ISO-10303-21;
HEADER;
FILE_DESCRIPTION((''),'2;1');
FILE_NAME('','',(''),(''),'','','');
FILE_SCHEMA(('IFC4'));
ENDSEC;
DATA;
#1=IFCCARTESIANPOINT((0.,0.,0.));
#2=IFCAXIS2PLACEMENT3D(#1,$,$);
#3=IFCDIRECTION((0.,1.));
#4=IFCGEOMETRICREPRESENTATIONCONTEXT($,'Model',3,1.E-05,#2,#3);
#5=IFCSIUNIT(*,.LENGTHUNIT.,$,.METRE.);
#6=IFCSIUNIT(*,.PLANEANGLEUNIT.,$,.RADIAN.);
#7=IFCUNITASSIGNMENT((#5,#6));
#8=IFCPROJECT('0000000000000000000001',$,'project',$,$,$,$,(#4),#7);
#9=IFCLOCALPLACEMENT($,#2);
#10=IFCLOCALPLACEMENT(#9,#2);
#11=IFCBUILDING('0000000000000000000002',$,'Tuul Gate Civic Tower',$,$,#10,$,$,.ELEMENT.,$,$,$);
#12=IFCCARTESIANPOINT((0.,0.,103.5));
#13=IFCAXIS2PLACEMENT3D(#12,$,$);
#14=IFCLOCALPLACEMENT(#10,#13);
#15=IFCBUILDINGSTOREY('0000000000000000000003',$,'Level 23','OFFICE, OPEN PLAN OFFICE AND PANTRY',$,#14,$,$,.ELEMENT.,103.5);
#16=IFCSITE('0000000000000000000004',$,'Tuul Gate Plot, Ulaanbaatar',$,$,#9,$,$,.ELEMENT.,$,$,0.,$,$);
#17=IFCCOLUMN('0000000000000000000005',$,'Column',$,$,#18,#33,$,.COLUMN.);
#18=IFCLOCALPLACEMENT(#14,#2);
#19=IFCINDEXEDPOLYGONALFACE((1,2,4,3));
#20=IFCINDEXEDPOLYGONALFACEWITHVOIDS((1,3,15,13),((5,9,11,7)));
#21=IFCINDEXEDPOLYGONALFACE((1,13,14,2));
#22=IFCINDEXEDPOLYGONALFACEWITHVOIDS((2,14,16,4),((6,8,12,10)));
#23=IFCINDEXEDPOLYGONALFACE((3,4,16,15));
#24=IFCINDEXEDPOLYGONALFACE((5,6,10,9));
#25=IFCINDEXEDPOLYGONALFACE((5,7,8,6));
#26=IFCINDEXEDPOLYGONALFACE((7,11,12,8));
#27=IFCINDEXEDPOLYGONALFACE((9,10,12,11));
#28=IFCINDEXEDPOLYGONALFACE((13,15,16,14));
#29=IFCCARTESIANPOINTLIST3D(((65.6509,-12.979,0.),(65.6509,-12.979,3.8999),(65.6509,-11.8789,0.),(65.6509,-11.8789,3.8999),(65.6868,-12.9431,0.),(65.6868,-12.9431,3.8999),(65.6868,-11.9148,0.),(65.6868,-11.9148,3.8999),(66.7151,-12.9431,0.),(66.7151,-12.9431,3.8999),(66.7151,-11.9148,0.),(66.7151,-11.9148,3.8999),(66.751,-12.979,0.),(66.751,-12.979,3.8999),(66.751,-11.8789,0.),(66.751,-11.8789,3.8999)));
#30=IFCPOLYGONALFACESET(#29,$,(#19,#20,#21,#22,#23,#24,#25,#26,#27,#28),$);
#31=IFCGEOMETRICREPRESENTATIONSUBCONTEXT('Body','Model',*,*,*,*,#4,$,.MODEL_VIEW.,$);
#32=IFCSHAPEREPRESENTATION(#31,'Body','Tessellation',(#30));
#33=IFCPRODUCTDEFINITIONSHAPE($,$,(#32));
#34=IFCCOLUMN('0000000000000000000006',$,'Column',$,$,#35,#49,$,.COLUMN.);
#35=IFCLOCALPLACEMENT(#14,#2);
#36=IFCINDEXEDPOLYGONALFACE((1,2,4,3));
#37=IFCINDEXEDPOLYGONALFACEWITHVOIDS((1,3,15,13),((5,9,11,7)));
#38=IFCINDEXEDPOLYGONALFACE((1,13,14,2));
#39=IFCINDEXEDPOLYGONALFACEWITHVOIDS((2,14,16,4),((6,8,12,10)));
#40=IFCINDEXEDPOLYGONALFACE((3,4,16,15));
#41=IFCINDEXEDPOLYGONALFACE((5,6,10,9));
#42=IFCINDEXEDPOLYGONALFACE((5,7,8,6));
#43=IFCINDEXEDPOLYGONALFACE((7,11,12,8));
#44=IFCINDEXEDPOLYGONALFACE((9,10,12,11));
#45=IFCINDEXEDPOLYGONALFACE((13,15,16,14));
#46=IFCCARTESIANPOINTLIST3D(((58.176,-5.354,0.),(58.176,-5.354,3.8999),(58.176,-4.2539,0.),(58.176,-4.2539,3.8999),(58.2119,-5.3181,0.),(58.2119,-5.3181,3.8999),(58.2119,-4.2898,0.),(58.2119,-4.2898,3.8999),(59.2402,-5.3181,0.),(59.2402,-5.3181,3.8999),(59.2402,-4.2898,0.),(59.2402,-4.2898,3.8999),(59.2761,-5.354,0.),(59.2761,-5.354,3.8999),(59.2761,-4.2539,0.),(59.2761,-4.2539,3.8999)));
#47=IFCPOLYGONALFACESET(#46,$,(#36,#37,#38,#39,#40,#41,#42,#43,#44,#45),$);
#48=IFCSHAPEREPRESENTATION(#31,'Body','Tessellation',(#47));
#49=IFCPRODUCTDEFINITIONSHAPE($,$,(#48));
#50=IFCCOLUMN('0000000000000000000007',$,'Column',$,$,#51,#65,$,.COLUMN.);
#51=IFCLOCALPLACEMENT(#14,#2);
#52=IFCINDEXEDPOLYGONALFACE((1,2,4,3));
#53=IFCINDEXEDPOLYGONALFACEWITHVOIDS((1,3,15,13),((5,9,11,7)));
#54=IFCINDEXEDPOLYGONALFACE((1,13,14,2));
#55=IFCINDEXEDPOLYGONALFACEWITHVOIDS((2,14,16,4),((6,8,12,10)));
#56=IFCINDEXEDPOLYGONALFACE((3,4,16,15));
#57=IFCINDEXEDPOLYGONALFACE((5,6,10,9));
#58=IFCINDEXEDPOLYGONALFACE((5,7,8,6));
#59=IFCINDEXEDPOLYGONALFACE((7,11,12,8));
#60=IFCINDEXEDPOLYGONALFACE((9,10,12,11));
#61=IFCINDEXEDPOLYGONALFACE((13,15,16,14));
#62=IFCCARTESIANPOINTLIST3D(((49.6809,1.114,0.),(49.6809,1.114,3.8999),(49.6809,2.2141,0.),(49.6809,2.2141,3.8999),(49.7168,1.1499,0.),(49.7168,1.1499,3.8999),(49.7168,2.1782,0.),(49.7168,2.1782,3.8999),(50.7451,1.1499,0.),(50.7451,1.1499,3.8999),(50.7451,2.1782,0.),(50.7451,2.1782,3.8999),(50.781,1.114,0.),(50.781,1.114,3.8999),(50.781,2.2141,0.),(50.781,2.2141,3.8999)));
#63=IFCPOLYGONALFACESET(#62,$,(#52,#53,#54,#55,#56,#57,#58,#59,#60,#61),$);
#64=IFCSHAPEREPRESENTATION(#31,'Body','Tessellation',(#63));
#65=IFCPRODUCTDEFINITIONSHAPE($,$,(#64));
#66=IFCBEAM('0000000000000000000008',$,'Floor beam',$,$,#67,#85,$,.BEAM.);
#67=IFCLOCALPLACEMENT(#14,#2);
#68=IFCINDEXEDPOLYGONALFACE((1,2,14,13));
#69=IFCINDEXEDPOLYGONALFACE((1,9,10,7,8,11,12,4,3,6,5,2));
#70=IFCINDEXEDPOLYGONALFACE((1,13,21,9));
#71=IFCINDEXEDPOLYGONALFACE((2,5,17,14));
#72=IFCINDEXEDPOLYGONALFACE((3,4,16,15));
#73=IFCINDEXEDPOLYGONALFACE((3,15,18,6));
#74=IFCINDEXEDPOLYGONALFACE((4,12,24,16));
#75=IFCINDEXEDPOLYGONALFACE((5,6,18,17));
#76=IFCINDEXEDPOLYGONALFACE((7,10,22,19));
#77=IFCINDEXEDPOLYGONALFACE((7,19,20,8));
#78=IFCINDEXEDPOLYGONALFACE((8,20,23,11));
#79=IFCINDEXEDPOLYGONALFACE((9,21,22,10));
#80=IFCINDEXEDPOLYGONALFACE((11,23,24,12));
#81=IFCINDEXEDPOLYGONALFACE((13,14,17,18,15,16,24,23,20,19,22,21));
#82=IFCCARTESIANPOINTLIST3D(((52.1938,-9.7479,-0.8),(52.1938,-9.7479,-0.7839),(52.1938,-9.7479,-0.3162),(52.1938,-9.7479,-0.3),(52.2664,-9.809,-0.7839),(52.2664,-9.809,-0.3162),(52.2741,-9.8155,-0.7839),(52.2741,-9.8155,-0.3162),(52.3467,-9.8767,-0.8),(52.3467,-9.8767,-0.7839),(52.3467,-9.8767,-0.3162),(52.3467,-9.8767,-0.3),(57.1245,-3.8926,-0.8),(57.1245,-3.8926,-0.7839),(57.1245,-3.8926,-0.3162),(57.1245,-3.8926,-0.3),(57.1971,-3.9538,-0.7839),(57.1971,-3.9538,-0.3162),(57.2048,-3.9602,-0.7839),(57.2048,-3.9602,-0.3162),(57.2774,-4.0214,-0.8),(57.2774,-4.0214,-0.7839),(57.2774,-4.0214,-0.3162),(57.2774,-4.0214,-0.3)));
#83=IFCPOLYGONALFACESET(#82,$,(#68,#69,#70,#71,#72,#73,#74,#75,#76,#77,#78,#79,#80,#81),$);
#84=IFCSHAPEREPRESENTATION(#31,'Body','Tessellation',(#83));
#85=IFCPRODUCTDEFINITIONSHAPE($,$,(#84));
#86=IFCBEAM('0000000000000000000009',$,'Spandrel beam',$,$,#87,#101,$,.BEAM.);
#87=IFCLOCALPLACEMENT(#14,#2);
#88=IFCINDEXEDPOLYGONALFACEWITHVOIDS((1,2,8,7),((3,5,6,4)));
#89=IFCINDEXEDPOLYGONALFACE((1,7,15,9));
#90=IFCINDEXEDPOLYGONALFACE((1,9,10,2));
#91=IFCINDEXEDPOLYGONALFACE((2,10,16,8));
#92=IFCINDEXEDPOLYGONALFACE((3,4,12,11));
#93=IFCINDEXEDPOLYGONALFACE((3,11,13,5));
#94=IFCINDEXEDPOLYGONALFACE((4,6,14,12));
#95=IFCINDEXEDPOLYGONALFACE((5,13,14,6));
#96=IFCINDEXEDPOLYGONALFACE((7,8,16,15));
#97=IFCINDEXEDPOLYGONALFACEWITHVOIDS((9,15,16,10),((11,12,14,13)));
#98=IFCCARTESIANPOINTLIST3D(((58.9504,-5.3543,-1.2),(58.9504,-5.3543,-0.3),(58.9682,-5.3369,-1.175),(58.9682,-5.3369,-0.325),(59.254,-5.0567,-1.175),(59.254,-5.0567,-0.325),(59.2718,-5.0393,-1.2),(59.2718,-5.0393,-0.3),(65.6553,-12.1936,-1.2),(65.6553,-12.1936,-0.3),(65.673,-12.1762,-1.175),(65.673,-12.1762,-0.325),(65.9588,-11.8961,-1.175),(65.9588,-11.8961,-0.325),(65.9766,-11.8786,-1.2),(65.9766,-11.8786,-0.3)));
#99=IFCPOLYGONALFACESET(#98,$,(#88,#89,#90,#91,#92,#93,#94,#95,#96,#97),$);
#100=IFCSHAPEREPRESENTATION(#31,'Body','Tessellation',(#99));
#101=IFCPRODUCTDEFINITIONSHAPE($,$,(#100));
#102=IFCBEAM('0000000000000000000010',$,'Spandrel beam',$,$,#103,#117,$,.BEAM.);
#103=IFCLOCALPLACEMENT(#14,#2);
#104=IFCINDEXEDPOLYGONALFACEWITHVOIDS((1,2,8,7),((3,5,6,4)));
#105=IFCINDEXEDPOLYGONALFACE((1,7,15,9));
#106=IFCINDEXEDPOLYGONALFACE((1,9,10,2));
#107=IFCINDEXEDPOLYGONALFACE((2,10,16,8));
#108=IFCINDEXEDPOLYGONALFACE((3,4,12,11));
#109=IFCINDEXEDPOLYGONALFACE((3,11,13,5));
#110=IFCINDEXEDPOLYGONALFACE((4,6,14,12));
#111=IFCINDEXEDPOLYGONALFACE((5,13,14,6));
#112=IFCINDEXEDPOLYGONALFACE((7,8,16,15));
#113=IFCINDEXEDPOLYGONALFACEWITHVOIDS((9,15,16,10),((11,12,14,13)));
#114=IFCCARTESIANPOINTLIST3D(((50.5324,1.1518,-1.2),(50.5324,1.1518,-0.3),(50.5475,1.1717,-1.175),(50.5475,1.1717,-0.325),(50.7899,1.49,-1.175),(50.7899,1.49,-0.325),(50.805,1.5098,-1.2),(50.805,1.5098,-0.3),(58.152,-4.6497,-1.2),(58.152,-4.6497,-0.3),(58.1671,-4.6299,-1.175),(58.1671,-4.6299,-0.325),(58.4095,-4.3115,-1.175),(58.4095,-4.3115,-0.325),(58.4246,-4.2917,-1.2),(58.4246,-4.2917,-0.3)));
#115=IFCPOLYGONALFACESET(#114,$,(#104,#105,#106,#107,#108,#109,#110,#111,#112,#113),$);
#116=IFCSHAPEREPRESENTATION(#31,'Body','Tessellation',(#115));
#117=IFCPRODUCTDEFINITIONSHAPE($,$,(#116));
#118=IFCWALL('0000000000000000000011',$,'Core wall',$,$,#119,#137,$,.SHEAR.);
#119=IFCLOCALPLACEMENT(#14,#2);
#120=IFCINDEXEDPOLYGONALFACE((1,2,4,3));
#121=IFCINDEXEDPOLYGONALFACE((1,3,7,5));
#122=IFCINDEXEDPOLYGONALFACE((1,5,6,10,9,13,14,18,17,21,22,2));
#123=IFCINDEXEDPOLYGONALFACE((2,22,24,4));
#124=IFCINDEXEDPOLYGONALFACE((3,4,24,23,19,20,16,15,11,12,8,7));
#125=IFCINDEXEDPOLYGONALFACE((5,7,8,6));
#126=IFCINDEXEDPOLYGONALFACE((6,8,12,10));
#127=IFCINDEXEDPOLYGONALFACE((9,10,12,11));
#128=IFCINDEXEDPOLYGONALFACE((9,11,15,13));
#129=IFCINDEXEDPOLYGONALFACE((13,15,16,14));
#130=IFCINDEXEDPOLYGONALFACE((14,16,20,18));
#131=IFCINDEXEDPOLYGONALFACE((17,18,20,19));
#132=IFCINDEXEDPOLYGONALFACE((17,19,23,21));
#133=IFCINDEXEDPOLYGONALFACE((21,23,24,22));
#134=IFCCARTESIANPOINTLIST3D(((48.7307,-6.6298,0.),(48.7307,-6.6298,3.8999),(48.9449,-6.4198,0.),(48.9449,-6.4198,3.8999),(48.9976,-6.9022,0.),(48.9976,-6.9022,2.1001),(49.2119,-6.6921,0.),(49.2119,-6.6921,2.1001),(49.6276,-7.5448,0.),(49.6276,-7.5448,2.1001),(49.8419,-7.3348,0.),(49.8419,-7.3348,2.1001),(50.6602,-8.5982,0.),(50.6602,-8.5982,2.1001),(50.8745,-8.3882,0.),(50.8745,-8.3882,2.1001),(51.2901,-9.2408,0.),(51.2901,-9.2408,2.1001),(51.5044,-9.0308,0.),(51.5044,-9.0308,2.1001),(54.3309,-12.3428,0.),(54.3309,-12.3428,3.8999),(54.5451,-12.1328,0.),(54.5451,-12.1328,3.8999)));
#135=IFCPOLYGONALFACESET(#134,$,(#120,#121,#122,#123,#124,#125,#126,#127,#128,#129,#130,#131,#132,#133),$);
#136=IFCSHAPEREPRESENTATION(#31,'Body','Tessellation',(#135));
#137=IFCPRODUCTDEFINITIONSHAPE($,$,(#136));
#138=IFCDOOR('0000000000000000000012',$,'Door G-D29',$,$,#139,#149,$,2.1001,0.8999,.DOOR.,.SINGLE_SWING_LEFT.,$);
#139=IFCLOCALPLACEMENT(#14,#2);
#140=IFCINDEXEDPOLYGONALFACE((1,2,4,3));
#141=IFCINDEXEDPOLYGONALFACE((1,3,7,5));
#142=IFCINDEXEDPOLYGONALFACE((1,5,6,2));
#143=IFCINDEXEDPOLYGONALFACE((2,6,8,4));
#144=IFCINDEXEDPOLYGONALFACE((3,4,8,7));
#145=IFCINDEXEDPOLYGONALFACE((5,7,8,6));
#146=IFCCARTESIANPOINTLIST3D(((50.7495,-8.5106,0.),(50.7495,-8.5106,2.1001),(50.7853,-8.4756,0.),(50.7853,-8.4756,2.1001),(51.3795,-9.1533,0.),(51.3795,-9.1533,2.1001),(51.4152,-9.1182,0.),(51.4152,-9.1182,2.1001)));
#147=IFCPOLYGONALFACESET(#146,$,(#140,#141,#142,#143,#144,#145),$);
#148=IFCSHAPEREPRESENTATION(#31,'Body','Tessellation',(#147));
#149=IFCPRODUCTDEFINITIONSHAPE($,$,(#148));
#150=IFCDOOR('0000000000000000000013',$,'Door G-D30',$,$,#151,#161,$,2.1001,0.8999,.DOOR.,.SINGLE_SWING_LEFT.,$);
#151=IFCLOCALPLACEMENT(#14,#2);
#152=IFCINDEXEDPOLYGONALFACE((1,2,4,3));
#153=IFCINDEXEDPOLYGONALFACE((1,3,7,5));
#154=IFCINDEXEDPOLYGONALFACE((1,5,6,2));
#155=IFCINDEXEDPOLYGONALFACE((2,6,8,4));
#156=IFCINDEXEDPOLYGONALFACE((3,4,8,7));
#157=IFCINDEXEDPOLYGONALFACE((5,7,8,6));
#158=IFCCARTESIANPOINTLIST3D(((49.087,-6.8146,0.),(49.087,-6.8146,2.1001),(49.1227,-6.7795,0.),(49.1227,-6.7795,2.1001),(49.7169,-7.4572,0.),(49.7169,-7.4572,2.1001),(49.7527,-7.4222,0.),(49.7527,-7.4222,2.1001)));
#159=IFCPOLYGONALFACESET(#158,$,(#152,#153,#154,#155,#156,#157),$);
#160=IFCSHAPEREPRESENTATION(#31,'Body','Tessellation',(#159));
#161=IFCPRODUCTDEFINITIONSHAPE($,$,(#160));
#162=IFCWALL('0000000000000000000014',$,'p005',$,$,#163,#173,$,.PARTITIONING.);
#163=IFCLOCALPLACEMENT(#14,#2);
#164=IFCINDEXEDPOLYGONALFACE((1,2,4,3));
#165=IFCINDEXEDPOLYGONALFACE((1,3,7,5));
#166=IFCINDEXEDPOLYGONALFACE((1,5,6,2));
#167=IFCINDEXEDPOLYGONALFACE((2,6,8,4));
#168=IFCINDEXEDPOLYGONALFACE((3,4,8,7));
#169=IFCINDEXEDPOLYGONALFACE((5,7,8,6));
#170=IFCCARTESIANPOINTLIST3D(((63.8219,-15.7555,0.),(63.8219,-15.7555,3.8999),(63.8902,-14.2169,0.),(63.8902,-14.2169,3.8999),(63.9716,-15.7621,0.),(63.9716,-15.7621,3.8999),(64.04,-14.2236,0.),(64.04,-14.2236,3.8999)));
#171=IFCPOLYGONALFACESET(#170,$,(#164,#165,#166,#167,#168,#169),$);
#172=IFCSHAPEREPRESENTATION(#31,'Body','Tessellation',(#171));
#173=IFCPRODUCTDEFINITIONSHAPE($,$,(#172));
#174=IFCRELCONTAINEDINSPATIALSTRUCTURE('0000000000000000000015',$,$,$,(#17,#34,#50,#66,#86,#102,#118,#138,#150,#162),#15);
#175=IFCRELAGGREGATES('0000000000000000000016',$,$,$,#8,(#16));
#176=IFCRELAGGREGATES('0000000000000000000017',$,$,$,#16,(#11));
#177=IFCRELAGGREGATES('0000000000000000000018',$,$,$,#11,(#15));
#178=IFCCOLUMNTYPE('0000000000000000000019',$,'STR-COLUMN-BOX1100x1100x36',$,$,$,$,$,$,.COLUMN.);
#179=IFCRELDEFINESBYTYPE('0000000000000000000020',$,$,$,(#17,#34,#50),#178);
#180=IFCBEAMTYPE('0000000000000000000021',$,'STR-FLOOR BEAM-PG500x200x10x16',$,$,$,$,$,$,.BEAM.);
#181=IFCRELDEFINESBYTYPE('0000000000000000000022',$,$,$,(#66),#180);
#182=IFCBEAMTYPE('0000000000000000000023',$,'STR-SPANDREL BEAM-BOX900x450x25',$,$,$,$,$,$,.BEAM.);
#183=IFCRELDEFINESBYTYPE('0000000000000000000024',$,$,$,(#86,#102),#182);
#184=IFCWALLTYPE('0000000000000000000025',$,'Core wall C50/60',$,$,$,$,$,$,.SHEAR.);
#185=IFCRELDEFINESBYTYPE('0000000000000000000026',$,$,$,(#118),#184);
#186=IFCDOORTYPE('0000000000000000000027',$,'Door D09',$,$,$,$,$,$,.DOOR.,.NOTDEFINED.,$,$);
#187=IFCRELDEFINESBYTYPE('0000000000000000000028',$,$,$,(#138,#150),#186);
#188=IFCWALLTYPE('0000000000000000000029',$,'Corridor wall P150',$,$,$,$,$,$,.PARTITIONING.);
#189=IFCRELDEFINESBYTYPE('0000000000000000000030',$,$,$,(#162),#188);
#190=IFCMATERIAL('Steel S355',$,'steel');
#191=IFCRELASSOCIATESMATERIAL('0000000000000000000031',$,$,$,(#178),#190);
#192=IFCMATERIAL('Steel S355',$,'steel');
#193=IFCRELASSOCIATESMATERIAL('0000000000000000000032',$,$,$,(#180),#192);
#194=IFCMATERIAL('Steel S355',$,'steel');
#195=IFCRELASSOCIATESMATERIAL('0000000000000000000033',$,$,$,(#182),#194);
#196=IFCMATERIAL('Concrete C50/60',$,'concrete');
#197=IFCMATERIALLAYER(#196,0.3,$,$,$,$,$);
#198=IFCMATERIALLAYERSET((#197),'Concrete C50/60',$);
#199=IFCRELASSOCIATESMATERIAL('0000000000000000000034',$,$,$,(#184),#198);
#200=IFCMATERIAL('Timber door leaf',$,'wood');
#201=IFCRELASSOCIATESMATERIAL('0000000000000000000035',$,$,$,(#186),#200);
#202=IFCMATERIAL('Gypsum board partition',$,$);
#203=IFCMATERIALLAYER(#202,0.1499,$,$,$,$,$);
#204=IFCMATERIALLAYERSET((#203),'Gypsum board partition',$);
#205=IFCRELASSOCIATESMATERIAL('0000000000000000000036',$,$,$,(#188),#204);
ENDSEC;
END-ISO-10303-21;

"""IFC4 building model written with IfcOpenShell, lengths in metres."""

from ifc_helpers import new_model, si_unit, direction, frame, frame_2d, origin, origin_2d, place, context, subcontext, project, spatial, rectangle, hollow_rectangle, i_section, extrude, material, layer, layer_set, material_profile, profile_set, type_object, element, fill, save


model = new_model("IFC4")

# Units and contexts
model_context = context("Model", 3, precision=1e-05, world=origin(), true_north=direction((0.0, 1.0)))
body_context = subcontext(model_context, "Body", "Model", "MODEL_VIEW")
ifc_project = project(units=[si_unit("LENGTHUNIT", "METRE"), si_unit("PLANEANGLEUNIT", "RADIAN")], contexts=[model_context])

# Site, building, storey
site_placement = place(None, origin())
site = spatial("IfcSite", under=ifc_project, at=site_placement, Name="Tuul Gate Plot, Ulaanbaatar", CompositionType="ELEMENT", RefElevation=0.0)
building_placement = place(site_placement, origin())
building = spatial("IfcBuilding", under=site, at=building_placement, Name="Tuul Gate Civic Tower", CompositionType="ELEMENT")
storey_placement = place(building_placement, frame((0.0, 0.0, 103.5)))
storey = spatial("IfcBuildingStorey", under=building, at=storey_placement, Name="Level 23", Description="OFFICE, OPEN PLAN OFFICE AND PANTRY", CompositionType="ELEMENT", Elevation=103.5)

# Columns
ifc_material_1 = material(Name="Steel S355", Category="steel")
ifc_material_profile_1 = material_profile(ifc_material_1, hollow_rectangle(XDim=1.1001, YDim=1.1001, WallThickness=0.0359, at=origin_2d()), Name="BOX1100x1100x36")
ifc_profile_set_1 = profile_set([ifc_material_profile_1], Name="Steel S355")
column_type = type_object("IfcColumnType", Name="STR-COLUMN-BOX1100x1100x36", PredefinedType="COLUMN", material=ifc_profile_set_1)
for number, where, z_axis, x_axis, name in (
    (1, (66.2009, -12.429, 0.0), (0.0, 0.0, 1.0), (1.0, 0.0, 0.0), "Column"),
    (2, (58.7261, -4.804, 0.0), (0.0, 0.0, 1.0), (1.0, 0.0, 0.0), "Column"),
    (3, (50.231, 1.6641, 0.0), (0.0, 0.0, 1.0), (1.0, 0.0, 0.0), "Column"),
):
    element("IfcColumn", number, at=place(storey_placement, frame(where, z_axis=z_axis, x_axis=x_axis)), inside=storey, type_object=column_type, Name=name, PredefinedType="COLUMN", context=body_context, shape_type="SweptSolid", body=[
        extrude(hollow_rectangle(XDim=1.1001, YDim=1.1001, WallThickness=0.0359, at=origin_2d()), origin(), (0.0, 0.0, 1.0), 3.8999),
    ])

# Beams
ifc_material_2 = material(Name="Steel S355", Category="steel")
ifc_material_profile_2 = material_profile(ifc_material_2, i_section(OverallWidth=0.2, OverallDepth=0.5, WebThickness=0.01, FlangeThickness=0.0161, at=origin_2d()), Name="PG500x200x10x16")
ifc_profile_set_2 = profile_set([ifc_material_profile_2], Name="Steel S355")
beam_type_1 = type_object("IfcBeamType", Name="STR-FLOOR BEAM-PG500x200x10x16", PredefinedType="BEAM", material=ifc_profile_set_2)
beam_1_placement = place(storey_placement, frame((52.2703, -9.8123, -0.55), z_axis=(0.644132, 0.764915, 0.0), x_axis=(-0.764915, 0.644132, 0.0)))
element("IfcBeam", 4, at=beam_1_placement, inside=storey, type_object=beam_type_1, Name="Floor beam", PredefinedType="BEAM", context=body_context, shape_type="SweptSolid", body=[
    extrude(i_section(OverallWidth=0.2, OverallDepth=0.5, WebThickness=0.01, FlangeThickness=0.0161, at=origin_2d()), origin(), (0.0, 0.0, 1.0), 7.6548),
])
ifc_material_3 = material(Name="Steel S355", Category="steel")
ifc_material_profile_3 = material_profile(ifc_material_3, hollow_rectangle(XDim=0.45, YDim=0.8999, WallThickness=0.0249, at=origin_2d()), Name="BOX900x450x25")
ifc_profile_set_3 = profile_set([ifc_material_profile_3], Name="Steel S355")
beam_type_2 = type_object("IfcBeamType", Name="STR-SPANDREL BEAM-BOX900x450x25", PredefinedType="BEAM", material=ifc_profile_set_3)
beam_2_placement = place(storey_placement, frame((65.8159, -12.0361, -0.75), z_axis=(-0.700049, 0.714095, 0.0), x_axis=(-0.714095, -0.700049, 0.0)))
element("IfcBeam", 5, at=beam_2_placement, inside=storey, type_object=beam_type_2, Name="Spandrel beam", PredefinedType="BEAM", context=body_context, shape_type="SweptSolid", body=[
    extrude(hollow_rectangle(XDim=0.45, YDim=0.8999, WallThickness=0.0249, at=origin_2d()), origin(), (0.0, 0.0, 1.0), 9.5776),
])
beam_3_placement = place(storey_placement, frame((58.2883, -4.4707, -0.75), z_axis=(-0.795629, 0.605784, 0.0), x_axis=(-0.605784, -0.795629, 0.0)))
element("IfcBeam", 6, at=beam_3_placement, inside=storey, type_object=beam_type_2, Name="Spandrel beam", PredefinedType="BEAM", context=body_context, shape_type="SweptSolid", body=[
    extrude(hollow_rectangle(XDim=0.45, YDim=0.8999, WallThickness=0.0249, at=origin_2d()), origin(), (0.0, 0.0, 1.0), 9.5769),
])

# Wall, openings, doors
ifc_material_4 = material(Name="Concrete C50/60", Category="concrete")
ifc_layer_1 = layer(ifc_material_4, 0.3)
ifc_layer_set_1 = layer_set([ifc_layer_1], Name="Concrete C50/60")
wall_type_1 = type_object("IfcWallType", Name="Core wall C50/60", PredefinedType="SHEAR", material=ifc_layer_set_1)
wall_1_placement = place(storey_placement, frame((54.438, -12.2378, 0.0), z_axis=(0.0, 0.0, 1.0), x_axis=(-0.700022, 0.714121, 0.0)))
wall_1 = element("IfcWall", 7, at=wall_1_placement, inside=storey, type_object=wall_type_1, Name="Core wall", PredefinedType="SHEAR", context=body_context, shape_type="SweptSolid", body=[
    extrude(rectangle(XDim=8.0, YDim=0.3, at=frame_2d((4.0, 0.0))), origin(), (0.0, 0.0, 1.0), 3.8999),
])
opening_1_placement = place(wall_1_placement, frame((4.3438, 0.0, 0.0)))
opening_1 = element("IfcOpeningElement", 8, at=opening_1_placement, cuts=wall_1, PredefinedType="OPENING", context=body_context, shape_type="SweptSolid", body=[
    extrude(rectangle(XDim=0.8999, YDim=2.1001, at=frame_2d((0.45, 1.05))), frame((0.0, 0.1602, 0.0), z_axis=(0.0, -1.0, 0.0), x_axis=(1.0, 0.0, 0.0)), (0.0, 0.0, 1.0), 0.3201),
])
opening_2_placement = place(wall_1_placement, frame((6.7188, 0.0, 0.0)))
opening_2 = element("IfcOpeningElement", 9, at=opening_2_placement, cuts=wall_1, PredefinedType="OPENING", context=body_context, shape_type="SweptSolid", body=[
    extrude(rectangle(XDim=0.8999, YDim=2.1001, at=frame_2d((0.45, 1.05))), frame((0.0, 0.1602, 0.0), z_axis=(0.0, -1.0, 0.0), x_axis=(1.0, 0.0, 0.0)), (0.0, 0.0, 1.0), 0.3201),
])
ifc_material_5 = material(Name="Timber door leaf", Category="wood")
door_type = type_object("IfcDoorType", Name="Door D09", OperationType="NOTDEFINED", PredefinedType="DOOR", material=ifc_material_5)
door_1_placement = place(opening_1_placement, origin())
door_1 = element("IfcDoor", 10, at=door_1_placement, inside=storey, type_object=door_type, Name="Door G-D29", OperationType="SINGLE_SWING_LEFT", OverallHeight=2.1001, OverallWidth=0.8999, PredefinedType="DOOR", context=body_context, shape_type="SweptSolid", body=[
    extrude(rectangle(XDim=0.8999, YDim=2.1001, at=frame_2d((0.45, 1.05))), frame((0.0, 0.0249, 0.0), z_axis=(0.0, -1.0, 0.0), x_axis=(1.0, 0.0, 0.0)), (0.0, 0.0, 1.0), 0.05),
])
fill(opening_1, door_1)
door_2_placement = place(opening_2_placement, origin())
door_2 = element("IfcDoor", 11, at=door_2_placement, inside=storey, type_object=door_type, Name="Door G-D30", OperationType="SINGLE_SWING_LEFT", OverallHeight=2.1001, OverallWidth=0.8999, PredefinedType="DOOR", context=body_context, shape_type="SweptSolid", body=[
    extrude(rectangle(XDim=0.8999, YDim=2.1001, at=frame_2d((0.45, 1.05))), frame((0.0, 0.0249, 0.0), z_axis=(0.0, -1.0, 0.0), x_axis=(1.0, 0.0, 0.0)), (0.0, 0.0, 1.0), 0.05),
])
fill(opening_2, door_2)

# Wall
ifc_material_6 = material(Name="Gypsum board partition")
ifc_layer_2 = layer(ifc_material_6, 0.1499)
ifc_layer_set_2 = layer_set([ifc_layer_2], Name="Gypsum board partition")
wall_type_2 = type_object("IfcWallType", Name="Corridor wall P150", PredefinedType="PARTITIONING", material=ifc_layer_set_2)
wall_2_placement = place(storey_placement, frame((63.8967, -15.7588, 0.0), z_axis=(0.0, 0.0, 1.0), x_axis=(0.044387, 0.999014, 0.0)))
element("IfcWall", 12, at=wall_2_placement, inside=storey, type_object=wall_type_2, Name="p005", PredefinedType="PARTITIONING", context=body_context, shape_type="SweptSolid", body=[
    extrude(rectangle(XDim=1.54, YDim=0.1499, at=frame_2d((0.77, 0.0))), origin(), (0.0, 0.0, 1.0), 3.8999),
])

save(model, "model.ifc")
